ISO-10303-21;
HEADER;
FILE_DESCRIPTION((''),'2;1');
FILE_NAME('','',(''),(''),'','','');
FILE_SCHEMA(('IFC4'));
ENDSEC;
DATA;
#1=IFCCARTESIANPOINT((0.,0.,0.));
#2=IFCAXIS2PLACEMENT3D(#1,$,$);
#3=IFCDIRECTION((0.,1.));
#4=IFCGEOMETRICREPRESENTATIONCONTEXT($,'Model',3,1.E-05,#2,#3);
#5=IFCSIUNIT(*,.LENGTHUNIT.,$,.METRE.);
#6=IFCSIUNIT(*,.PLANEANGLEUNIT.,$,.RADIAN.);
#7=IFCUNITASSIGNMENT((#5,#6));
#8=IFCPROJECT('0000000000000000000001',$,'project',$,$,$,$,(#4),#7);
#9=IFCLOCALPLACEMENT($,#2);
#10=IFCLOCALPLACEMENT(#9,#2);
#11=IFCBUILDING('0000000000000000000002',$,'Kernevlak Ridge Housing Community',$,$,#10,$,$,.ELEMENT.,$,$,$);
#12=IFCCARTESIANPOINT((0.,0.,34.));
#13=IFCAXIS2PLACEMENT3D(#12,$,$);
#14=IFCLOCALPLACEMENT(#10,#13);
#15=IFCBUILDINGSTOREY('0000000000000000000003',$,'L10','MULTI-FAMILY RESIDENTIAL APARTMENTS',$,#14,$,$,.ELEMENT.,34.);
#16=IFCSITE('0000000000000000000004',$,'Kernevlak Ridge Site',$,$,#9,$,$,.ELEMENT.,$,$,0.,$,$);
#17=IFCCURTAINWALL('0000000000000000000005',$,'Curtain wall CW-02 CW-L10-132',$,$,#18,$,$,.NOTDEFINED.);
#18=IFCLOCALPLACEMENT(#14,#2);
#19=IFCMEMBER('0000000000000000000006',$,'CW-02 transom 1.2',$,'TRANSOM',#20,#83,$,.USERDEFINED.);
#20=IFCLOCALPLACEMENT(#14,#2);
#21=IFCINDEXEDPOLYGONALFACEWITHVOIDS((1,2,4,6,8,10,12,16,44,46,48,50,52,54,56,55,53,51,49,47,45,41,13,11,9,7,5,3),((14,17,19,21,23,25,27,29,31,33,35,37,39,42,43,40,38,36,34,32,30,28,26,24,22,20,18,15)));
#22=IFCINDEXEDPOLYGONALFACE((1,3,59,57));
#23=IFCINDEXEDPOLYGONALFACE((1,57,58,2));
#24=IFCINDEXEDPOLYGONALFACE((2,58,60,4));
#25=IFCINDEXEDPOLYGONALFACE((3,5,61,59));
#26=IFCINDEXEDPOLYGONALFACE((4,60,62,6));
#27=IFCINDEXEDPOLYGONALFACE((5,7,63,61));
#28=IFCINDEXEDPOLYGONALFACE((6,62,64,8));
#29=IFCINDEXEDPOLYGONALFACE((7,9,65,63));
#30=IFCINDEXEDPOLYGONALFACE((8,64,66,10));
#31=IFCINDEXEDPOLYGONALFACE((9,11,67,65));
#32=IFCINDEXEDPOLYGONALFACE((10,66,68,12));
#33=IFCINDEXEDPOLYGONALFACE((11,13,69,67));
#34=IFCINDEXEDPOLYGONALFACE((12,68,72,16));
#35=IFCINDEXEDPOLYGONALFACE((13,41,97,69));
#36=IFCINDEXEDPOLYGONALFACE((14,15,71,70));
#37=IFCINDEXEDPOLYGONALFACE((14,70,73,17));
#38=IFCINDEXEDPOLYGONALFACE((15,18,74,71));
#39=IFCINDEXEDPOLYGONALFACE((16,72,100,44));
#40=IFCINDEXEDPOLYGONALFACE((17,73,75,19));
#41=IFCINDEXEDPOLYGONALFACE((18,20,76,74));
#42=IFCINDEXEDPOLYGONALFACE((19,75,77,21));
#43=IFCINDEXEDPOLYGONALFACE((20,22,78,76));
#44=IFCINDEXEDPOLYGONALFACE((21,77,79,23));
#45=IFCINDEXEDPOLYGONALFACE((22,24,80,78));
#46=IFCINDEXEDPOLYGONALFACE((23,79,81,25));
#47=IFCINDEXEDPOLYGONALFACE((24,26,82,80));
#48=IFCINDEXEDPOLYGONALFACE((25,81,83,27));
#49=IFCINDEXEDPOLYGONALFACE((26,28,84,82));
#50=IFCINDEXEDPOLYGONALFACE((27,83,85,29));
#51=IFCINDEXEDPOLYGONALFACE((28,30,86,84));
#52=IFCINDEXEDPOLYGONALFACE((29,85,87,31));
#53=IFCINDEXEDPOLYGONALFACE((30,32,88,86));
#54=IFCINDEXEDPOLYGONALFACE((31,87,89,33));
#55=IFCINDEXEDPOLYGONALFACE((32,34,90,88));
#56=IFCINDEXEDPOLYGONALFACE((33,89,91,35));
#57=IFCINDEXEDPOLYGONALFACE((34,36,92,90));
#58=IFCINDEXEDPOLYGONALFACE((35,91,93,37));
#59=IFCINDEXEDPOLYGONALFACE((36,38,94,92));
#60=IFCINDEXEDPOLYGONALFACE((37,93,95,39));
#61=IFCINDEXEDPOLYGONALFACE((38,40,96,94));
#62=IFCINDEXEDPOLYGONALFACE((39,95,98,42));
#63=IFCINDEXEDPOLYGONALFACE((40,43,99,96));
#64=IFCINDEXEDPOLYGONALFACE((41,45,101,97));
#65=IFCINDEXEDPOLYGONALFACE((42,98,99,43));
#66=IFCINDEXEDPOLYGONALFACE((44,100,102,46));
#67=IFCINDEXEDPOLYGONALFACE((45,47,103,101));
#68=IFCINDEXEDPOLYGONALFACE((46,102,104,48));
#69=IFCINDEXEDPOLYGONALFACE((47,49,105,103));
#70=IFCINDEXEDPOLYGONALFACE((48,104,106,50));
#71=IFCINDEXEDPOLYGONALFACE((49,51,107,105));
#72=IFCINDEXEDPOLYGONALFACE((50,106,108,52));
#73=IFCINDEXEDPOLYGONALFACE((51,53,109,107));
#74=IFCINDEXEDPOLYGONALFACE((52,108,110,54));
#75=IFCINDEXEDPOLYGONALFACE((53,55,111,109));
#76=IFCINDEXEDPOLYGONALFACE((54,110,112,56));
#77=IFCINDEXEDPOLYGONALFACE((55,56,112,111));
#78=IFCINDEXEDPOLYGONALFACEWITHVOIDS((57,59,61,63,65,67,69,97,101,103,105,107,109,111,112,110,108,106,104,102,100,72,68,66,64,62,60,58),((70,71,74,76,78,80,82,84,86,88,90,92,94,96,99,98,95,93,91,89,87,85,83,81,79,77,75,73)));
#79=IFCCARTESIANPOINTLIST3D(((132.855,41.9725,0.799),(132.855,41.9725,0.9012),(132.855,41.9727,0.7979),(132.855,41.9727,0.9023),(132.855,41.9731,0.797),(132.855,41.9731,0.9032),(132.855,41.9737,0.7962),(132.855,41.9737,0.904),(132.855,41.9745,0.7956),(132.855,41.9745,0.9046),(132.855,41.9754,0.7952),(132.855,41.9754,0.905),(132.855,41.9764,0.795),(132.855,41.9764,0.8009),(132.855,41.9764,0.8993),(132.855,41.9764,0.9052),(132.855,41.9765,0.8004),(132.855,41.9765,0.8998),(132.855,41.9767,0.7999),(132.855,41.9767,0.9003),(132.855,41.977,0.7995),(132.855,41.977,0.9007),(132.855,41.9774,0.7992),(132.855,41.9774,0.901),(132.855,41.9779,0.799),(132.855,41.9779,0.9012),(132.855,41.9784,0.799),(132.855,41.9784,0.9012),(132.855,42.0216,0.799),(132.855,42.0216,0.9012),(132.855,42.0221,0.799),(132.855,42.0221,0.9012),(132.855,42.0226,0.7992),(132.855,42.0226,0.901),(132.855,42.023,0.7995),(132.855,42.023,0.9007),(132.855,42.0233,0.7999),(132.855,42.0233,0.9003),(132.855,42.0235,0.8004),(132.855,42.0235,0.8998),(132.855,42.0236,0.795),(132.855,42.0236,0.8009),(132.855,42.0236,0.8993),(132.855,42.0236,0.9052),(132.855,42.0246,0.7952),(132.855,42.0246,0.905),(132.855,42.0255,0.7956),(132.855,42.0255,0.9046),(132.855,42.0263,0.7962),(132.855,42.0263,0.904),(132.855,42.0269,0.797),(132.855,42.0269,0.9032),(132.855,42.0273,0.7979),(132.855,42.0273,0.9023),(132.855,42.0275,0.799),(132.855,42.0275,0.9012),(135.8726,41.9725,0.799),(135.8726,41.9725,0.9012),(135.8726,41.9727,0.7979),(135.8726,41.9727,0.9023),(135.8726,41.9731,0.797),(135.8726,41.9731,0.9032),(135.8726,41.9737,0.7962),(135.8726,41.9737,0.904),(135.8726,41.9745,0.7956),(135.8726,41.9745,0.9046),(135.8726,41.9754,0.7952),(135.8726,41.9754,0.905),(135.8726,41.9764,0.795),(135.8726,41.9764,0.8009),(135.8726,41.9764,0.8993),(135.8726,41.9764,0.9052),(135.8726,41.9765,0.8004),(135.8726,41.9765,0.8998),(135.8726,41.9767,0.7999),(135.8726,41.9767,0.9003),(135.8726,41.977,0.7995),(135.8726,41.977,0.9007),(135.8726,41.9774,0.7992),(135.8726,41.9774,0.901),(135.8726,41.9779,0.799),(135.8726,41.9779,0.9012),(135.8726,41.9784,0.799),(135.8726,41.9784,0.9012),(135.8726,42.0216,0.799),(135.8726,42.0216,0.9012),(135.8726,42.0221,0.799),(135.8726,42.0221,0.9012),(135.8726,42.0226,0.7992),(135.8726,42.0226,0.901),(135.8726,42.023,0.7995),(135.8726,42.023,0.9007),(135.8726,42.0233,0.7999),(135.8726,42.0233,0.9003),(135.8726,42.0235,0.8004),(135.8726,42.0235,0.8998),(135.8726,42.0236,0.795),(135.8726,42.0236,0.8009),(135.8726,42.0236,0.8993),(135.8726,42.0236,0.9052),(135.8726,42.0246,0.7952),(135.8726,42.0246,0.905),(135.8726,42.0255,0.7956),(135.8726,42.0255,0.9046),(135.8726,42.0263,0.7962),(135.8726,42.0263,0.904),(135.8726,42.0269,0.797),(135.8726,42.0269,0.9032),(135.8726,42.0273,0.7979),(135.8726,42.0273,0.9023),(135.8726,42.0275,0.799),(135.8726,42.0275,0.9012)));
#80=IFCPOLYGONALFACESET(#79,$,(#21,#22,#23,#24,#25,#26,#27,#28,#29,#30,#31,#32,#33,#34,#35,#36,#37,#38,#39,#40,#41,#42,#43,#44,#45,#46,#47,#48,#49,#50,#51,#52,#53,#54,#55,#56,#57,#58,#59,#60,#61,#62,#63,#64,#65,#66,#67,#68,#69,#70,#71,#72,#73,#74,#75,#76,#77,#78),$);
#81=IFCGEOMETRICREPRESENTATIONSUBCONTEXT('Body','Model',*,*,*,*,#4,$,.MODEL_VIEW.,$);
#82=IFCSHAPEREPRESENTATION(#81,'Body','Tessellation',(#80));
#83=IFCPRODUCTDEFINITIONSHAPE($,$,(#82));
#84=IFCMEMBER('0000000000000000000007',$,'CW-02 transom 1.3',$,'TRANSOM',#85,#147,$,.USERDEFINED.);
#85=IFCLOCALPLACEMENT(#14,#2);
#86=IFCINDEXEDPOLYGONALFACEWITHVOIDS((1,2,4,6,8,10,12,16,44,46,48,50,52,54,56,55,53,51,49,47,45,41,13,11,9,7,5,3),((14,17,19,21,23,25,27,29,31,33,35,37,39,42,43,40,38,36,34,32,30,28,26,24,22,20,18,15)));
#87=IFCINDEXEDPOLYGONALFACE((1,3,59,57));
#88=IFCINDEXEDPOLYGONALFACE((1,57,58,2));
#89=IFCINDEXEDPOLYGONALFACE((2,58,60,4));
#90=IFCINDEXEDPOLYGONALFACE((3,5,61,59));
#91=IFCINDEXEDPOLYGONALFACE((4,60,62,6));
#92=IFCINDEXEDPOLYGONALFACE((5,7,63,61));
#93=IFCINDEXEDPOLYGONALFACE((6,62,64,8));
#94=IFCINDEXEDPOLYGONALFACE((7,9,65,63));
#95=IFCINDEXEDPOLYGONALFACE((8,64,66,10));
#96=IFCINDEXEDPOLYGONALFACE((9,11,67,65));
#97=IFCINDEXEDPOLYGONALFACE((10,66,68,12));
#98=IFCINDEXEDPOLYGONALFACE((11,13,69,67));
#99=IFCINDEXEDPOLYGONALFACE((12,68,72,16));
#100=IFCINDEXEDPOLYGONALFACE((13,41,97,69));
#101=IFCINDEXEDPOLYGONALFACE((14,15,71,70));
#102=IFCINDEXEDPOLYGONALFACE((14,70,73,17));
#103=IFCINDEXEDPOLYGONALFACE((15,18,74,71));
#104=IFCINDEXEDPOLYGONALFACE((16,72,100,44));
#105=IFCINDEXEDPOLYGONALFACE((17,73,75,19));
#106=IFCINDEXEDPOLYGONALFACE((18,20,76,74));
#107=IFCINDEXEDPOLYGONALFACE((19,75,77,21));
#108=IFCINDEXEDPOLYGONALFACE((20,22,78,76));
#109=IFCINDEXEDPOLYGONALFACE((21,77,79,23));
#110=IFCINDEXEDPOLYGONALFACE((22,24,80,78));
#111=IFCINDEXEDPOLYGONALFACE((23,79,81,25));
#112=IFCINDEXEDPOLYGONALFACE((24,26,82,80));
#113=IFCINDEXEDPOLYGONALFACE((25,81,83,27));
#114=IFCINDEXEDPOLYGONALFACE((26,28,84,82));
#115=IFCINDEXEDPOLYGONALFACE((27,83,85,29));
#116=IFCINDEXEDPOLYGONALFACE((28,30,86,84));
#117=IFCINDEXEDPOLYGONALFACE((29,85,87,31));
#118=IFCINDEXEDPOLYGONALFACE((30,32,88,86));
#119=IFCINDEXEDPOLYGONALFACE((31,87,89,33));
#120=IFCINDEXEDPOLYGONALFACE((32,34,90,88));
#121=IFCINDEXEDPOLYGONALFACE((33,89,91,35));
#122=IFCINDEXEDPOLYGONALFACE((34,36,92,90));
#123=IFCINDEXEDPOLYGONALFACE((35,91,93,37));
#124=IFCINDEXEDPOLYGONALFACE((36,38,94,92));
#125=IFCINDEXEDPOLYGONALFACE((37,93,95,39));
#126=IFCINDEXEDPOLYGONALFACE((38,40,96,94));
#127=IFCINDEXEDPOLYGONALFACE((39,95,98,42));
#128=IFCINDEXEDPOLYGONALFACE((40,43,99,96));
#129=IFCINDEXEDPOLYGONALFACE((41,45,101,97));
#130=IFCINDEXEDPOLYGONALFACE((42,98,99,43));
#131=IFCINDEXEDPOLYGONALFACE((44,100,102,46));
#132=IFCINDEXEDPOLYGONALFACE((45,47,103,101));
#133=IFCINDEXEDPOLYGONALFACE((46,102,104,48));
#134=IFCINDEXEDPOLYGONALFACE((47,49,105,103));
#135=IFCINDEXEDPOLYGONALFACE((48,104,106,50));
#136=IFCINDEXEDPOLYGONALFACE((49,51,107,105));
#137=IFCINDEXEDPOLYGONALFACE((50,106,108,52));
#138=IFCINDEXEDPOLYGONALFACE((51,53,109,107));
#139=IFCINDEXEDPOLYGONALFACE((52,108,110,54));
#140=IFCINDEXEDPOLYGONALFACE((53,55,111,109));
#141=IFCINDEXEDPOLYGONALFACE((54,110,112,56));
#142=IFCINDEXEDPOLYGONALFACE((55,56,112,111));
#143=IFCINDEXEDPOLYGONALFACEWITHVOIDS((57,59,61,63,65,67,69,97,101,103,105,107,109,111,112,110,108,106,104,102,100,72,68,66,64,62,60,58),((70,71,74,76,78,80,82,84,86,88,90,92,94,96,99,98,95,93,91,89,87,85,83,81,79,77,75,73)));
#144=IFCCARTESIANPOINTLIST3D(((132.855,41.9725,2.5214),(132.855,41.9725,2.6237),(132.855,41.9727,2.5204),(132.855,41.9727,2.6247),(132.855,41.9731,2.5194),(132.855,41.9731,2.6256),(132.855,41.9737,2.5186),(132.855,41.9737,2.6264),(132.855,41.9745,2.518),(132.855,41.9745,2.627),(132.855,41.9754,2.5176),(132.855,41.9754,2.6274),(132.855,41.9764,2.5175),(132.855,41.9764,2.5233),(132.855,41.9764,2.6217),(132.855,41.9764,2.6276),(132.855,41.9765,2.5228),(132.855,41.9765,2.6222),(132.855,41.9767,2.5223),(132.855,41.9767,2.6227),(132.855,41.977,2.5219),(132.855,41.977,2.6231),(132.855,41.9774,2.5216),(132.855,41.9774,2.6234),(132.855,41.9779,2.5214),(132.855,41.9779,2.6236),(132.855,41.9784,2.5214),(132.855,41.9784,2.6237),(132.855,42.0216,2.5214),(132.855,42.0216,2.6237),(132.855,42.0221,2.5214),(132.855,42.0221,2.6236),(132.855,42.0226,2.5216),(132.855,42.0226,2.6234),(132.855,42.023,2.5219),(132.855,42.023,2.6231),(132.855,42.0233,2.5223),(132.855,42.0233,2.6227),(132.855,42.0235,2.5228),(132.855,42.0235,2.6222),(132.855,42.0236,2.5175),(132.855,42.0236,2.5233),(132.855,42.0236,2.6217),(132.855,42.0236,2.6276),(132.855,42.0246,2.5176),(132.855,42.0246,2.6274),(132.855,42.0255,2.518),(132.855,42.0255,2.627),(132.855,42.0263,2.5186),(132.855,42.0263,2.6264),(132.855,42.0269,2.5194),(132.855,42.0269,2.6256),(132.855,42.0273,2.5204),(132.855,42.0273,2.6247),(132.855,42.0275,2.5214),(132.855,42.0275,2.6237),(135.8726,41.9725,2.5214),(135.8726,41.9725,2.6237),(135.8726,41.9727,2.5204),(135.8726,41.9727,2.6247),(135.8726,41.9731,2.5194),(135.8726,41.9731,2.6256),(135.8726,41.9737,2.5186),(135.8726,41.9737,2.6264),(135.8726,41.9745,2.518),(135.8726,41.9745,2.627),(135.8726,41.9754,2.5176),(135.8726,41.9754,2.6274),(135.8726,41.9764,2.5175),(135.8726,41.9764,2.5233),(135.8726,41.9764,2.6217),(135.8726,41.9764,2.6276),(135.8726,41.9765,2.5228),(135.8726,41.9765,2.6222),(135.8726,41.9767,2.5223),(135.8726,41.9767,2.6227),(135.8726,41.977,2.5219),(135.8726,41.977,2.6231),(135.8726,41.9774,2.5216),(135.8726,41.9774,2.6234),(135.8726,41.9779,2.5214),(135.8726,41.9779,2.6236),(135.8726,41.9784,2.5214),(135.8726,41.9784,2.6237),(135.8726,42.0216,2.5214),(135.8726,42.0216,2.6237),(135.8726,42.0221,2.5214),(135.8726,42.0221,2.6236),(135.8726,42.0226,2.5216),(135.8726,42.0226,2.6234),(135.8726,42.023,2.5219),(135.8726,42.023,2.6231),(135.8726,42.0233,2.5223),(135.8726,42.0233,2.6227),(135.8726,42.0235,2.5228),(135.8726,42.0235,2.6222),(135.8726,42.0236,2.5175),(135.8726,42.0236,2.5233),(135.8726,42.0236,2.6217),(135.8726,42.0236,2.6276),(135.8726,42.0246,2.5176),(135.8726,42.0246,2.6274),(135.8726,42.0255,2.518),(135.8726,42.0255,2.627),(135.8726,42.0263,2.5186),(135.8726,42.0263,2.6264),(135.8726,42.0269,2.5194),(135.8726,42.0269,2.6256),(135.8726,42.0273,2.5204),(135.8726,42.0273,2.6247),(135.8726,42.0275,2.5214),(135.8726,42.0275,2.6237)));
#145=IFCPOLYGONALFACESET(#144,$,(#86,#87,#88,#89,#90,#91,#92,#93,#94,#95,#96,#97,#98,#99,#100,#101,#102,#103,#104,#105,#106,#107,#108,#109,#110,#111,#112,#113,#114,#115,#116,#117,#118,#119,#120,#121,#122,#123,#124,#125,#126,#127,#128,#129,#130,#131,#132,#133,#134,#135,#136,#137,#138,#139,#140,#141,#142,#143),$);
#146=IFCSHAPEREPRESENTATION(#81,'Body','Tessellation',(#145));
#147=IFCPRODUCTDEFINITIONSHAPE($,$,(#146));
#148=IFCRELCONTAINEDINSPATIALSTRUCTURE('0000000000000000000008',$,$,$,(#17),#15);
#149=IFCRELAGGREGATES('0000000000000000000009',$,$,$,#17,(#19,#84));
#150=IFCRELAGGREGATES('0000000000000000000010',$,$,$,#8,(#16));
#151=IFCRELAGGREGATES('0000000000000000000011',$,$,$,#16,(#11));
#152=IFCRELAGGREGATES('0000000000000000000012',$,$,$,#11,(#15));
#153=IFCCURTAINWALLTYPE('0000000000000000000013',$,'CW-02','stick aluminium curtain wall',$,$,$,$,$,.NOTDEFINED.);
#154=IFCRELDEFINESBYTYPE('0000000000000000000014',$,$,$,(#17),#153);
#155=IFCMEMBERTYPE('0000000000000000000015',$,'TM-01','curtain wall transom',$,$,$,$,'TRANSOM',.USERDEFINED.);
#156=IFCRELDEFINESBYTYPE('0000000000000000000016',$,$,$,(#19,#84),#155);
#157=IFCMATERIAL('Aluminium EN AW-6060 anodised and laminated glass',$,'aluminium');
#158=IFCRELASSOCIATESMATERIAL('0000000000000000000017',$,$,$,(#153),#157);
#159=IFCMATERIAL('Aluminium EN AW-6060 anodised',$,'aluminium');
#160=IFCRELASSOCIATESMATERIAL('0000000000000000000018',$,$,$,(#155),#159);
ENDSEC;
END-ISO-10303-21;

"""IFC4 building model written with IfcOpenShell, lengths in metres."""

from ifc_helpers import new_model, si_unit, direction, frame, origin, origin_2d, place, context, subcontext, project, spatial, hollow_rectangle, extrude, material, material_profile, profile_set, type_object, element, aggregate, save


model = new_model("IFC4")

# Units and contexts
model_context = context("Model", 3, precision=1e-05, world=origin(), true_north=direction((0.0, 1.0)))
body_context = subcontext(model_context, "Body", "Model", "MODEL_VIEW")
ifc_project = project(units=[si_unit("LENGTHUNIT", "METRE"), si_unit("PLANEANGLEUNIT", "RADIAN")], contexts=[model_context])

# Site, building, storey
site_placement = place(None, origin())
site = spatial("IfcSite", under=ifc_project, at=site_placement, Name="Kernevlak Ridge Site", CompositionType="ELEMENT", RefElevation=0.0)
building_placement = place(site_placement, origin())
building = spatial("IfcBuilding", under=site, at=building_placement, Name="Kernevlak Ridge Housing Community", CompositionType="ELEMENT")
storey_placement = place(building_placement, frame((0.0, 0.0, 34.0)))
storey = spatial("IfcBuildingStorey", under=building, at=storey_placement, Name="L10", Description="MULTI-FAMILY RESIDENTIAL APARTMENTS", CompositionType="ELEMENT", Elevation=34.0)

# Curtain wall
ifc_material_1 = material(Name="Aluminium EN AW-6060 anodised and laminated glass", Category="aluminium")
curtain_wall_type = type_object("IfcCurtainWallType", Name="CW-02", Description="stick aluminium curtain wall", PredefinedType="NOTDEFINED", material=ifc_material_1)
curtain_wall_placement = place(storey_placement, origin())
curtain_wall = element("IfcCurtainWall", 1, at=curtain_wall_placement, inside=storey, type_object=curtain_wall_type, Name="Curtain wall CW-02 CW-L10-132", PredefinedType="NOTDEFINED")
ifc_material_2 = material(Name="Aluminium EN AW-6060 anodised", Category="aluminium")

# Members
ifc_material_profile_1 = material_profile(ifc_material_2, hollow_rectangle(XDim=0.0549, YDim=0.1101, WallThickness=0.0039, InnerFilletRadius=0.002, OuterFilletRadius=0.0039, at=origin_2d()), Name="ALU 55x110x4")
ifc_profile_set_1 = profile_set([ifc_material_profile_1], Name="Aluminium EN AW-6060 anodised")
member_type_1 = type_object("IfcMemberType", Name="TM-01", Description="curtain wall transom", ElementType="TRANSOM", PredefinedType="USERDEFINED", material=ifc_profile_set_1)
member_1_placement = place(storey_placement, frame((132.855, 42.0, 0.8501), z_axis=(1.0, 0.0, 0.0), x_axis=(0.0, 1.0, 0.0)))
member_1 = element("IfcMember", 2, at=member_1_placement, type_object=member_type_1, Name="CW-02 transom 1.2", ObjectType="TRANSOM", PredefinedType="USERDEFINED", context=body_context, shape_type="SweptSolid", body=[
    extrude(hollow_rectangle(XDim=0.0549, YDim=0.1101, WallThickness=0.0039, InnerFilletRadius=0.002, OuterFilletRadius=0.0039, at=origin_2d()), origin(), (0.0, 0.0, 1.0), 3.0176),
])
member_2_placement = place(storey_placement, frame((132.855, 42.0, 2.5725), z_axis=(1.0, 0.0, 0.0), x_axis=(0.0, 1.0, 0.0)))
member_2 = element("IfcMember", 3, at=member_2_placement, type_object=member_type_1, Name="CW-02 transom 1.3", ObjectType="TRANSOM", PredefinedType="USERDEFINED", context=body_context, shape_type="SweptSolid", body=[
    extrude(hollow_rectangle(XDim=0.0549, YDim=0.1101, WallThickness=0.0039, InnerFilletRadius=0.002, OuterFilletRadius=0.0039, at=origin_2d()), origin(), (0.0, 0.0, 1.0), 3.0176),
])

aggregate(curtain_wall, [member_1, member_2])

save(model, "model.ifc")
